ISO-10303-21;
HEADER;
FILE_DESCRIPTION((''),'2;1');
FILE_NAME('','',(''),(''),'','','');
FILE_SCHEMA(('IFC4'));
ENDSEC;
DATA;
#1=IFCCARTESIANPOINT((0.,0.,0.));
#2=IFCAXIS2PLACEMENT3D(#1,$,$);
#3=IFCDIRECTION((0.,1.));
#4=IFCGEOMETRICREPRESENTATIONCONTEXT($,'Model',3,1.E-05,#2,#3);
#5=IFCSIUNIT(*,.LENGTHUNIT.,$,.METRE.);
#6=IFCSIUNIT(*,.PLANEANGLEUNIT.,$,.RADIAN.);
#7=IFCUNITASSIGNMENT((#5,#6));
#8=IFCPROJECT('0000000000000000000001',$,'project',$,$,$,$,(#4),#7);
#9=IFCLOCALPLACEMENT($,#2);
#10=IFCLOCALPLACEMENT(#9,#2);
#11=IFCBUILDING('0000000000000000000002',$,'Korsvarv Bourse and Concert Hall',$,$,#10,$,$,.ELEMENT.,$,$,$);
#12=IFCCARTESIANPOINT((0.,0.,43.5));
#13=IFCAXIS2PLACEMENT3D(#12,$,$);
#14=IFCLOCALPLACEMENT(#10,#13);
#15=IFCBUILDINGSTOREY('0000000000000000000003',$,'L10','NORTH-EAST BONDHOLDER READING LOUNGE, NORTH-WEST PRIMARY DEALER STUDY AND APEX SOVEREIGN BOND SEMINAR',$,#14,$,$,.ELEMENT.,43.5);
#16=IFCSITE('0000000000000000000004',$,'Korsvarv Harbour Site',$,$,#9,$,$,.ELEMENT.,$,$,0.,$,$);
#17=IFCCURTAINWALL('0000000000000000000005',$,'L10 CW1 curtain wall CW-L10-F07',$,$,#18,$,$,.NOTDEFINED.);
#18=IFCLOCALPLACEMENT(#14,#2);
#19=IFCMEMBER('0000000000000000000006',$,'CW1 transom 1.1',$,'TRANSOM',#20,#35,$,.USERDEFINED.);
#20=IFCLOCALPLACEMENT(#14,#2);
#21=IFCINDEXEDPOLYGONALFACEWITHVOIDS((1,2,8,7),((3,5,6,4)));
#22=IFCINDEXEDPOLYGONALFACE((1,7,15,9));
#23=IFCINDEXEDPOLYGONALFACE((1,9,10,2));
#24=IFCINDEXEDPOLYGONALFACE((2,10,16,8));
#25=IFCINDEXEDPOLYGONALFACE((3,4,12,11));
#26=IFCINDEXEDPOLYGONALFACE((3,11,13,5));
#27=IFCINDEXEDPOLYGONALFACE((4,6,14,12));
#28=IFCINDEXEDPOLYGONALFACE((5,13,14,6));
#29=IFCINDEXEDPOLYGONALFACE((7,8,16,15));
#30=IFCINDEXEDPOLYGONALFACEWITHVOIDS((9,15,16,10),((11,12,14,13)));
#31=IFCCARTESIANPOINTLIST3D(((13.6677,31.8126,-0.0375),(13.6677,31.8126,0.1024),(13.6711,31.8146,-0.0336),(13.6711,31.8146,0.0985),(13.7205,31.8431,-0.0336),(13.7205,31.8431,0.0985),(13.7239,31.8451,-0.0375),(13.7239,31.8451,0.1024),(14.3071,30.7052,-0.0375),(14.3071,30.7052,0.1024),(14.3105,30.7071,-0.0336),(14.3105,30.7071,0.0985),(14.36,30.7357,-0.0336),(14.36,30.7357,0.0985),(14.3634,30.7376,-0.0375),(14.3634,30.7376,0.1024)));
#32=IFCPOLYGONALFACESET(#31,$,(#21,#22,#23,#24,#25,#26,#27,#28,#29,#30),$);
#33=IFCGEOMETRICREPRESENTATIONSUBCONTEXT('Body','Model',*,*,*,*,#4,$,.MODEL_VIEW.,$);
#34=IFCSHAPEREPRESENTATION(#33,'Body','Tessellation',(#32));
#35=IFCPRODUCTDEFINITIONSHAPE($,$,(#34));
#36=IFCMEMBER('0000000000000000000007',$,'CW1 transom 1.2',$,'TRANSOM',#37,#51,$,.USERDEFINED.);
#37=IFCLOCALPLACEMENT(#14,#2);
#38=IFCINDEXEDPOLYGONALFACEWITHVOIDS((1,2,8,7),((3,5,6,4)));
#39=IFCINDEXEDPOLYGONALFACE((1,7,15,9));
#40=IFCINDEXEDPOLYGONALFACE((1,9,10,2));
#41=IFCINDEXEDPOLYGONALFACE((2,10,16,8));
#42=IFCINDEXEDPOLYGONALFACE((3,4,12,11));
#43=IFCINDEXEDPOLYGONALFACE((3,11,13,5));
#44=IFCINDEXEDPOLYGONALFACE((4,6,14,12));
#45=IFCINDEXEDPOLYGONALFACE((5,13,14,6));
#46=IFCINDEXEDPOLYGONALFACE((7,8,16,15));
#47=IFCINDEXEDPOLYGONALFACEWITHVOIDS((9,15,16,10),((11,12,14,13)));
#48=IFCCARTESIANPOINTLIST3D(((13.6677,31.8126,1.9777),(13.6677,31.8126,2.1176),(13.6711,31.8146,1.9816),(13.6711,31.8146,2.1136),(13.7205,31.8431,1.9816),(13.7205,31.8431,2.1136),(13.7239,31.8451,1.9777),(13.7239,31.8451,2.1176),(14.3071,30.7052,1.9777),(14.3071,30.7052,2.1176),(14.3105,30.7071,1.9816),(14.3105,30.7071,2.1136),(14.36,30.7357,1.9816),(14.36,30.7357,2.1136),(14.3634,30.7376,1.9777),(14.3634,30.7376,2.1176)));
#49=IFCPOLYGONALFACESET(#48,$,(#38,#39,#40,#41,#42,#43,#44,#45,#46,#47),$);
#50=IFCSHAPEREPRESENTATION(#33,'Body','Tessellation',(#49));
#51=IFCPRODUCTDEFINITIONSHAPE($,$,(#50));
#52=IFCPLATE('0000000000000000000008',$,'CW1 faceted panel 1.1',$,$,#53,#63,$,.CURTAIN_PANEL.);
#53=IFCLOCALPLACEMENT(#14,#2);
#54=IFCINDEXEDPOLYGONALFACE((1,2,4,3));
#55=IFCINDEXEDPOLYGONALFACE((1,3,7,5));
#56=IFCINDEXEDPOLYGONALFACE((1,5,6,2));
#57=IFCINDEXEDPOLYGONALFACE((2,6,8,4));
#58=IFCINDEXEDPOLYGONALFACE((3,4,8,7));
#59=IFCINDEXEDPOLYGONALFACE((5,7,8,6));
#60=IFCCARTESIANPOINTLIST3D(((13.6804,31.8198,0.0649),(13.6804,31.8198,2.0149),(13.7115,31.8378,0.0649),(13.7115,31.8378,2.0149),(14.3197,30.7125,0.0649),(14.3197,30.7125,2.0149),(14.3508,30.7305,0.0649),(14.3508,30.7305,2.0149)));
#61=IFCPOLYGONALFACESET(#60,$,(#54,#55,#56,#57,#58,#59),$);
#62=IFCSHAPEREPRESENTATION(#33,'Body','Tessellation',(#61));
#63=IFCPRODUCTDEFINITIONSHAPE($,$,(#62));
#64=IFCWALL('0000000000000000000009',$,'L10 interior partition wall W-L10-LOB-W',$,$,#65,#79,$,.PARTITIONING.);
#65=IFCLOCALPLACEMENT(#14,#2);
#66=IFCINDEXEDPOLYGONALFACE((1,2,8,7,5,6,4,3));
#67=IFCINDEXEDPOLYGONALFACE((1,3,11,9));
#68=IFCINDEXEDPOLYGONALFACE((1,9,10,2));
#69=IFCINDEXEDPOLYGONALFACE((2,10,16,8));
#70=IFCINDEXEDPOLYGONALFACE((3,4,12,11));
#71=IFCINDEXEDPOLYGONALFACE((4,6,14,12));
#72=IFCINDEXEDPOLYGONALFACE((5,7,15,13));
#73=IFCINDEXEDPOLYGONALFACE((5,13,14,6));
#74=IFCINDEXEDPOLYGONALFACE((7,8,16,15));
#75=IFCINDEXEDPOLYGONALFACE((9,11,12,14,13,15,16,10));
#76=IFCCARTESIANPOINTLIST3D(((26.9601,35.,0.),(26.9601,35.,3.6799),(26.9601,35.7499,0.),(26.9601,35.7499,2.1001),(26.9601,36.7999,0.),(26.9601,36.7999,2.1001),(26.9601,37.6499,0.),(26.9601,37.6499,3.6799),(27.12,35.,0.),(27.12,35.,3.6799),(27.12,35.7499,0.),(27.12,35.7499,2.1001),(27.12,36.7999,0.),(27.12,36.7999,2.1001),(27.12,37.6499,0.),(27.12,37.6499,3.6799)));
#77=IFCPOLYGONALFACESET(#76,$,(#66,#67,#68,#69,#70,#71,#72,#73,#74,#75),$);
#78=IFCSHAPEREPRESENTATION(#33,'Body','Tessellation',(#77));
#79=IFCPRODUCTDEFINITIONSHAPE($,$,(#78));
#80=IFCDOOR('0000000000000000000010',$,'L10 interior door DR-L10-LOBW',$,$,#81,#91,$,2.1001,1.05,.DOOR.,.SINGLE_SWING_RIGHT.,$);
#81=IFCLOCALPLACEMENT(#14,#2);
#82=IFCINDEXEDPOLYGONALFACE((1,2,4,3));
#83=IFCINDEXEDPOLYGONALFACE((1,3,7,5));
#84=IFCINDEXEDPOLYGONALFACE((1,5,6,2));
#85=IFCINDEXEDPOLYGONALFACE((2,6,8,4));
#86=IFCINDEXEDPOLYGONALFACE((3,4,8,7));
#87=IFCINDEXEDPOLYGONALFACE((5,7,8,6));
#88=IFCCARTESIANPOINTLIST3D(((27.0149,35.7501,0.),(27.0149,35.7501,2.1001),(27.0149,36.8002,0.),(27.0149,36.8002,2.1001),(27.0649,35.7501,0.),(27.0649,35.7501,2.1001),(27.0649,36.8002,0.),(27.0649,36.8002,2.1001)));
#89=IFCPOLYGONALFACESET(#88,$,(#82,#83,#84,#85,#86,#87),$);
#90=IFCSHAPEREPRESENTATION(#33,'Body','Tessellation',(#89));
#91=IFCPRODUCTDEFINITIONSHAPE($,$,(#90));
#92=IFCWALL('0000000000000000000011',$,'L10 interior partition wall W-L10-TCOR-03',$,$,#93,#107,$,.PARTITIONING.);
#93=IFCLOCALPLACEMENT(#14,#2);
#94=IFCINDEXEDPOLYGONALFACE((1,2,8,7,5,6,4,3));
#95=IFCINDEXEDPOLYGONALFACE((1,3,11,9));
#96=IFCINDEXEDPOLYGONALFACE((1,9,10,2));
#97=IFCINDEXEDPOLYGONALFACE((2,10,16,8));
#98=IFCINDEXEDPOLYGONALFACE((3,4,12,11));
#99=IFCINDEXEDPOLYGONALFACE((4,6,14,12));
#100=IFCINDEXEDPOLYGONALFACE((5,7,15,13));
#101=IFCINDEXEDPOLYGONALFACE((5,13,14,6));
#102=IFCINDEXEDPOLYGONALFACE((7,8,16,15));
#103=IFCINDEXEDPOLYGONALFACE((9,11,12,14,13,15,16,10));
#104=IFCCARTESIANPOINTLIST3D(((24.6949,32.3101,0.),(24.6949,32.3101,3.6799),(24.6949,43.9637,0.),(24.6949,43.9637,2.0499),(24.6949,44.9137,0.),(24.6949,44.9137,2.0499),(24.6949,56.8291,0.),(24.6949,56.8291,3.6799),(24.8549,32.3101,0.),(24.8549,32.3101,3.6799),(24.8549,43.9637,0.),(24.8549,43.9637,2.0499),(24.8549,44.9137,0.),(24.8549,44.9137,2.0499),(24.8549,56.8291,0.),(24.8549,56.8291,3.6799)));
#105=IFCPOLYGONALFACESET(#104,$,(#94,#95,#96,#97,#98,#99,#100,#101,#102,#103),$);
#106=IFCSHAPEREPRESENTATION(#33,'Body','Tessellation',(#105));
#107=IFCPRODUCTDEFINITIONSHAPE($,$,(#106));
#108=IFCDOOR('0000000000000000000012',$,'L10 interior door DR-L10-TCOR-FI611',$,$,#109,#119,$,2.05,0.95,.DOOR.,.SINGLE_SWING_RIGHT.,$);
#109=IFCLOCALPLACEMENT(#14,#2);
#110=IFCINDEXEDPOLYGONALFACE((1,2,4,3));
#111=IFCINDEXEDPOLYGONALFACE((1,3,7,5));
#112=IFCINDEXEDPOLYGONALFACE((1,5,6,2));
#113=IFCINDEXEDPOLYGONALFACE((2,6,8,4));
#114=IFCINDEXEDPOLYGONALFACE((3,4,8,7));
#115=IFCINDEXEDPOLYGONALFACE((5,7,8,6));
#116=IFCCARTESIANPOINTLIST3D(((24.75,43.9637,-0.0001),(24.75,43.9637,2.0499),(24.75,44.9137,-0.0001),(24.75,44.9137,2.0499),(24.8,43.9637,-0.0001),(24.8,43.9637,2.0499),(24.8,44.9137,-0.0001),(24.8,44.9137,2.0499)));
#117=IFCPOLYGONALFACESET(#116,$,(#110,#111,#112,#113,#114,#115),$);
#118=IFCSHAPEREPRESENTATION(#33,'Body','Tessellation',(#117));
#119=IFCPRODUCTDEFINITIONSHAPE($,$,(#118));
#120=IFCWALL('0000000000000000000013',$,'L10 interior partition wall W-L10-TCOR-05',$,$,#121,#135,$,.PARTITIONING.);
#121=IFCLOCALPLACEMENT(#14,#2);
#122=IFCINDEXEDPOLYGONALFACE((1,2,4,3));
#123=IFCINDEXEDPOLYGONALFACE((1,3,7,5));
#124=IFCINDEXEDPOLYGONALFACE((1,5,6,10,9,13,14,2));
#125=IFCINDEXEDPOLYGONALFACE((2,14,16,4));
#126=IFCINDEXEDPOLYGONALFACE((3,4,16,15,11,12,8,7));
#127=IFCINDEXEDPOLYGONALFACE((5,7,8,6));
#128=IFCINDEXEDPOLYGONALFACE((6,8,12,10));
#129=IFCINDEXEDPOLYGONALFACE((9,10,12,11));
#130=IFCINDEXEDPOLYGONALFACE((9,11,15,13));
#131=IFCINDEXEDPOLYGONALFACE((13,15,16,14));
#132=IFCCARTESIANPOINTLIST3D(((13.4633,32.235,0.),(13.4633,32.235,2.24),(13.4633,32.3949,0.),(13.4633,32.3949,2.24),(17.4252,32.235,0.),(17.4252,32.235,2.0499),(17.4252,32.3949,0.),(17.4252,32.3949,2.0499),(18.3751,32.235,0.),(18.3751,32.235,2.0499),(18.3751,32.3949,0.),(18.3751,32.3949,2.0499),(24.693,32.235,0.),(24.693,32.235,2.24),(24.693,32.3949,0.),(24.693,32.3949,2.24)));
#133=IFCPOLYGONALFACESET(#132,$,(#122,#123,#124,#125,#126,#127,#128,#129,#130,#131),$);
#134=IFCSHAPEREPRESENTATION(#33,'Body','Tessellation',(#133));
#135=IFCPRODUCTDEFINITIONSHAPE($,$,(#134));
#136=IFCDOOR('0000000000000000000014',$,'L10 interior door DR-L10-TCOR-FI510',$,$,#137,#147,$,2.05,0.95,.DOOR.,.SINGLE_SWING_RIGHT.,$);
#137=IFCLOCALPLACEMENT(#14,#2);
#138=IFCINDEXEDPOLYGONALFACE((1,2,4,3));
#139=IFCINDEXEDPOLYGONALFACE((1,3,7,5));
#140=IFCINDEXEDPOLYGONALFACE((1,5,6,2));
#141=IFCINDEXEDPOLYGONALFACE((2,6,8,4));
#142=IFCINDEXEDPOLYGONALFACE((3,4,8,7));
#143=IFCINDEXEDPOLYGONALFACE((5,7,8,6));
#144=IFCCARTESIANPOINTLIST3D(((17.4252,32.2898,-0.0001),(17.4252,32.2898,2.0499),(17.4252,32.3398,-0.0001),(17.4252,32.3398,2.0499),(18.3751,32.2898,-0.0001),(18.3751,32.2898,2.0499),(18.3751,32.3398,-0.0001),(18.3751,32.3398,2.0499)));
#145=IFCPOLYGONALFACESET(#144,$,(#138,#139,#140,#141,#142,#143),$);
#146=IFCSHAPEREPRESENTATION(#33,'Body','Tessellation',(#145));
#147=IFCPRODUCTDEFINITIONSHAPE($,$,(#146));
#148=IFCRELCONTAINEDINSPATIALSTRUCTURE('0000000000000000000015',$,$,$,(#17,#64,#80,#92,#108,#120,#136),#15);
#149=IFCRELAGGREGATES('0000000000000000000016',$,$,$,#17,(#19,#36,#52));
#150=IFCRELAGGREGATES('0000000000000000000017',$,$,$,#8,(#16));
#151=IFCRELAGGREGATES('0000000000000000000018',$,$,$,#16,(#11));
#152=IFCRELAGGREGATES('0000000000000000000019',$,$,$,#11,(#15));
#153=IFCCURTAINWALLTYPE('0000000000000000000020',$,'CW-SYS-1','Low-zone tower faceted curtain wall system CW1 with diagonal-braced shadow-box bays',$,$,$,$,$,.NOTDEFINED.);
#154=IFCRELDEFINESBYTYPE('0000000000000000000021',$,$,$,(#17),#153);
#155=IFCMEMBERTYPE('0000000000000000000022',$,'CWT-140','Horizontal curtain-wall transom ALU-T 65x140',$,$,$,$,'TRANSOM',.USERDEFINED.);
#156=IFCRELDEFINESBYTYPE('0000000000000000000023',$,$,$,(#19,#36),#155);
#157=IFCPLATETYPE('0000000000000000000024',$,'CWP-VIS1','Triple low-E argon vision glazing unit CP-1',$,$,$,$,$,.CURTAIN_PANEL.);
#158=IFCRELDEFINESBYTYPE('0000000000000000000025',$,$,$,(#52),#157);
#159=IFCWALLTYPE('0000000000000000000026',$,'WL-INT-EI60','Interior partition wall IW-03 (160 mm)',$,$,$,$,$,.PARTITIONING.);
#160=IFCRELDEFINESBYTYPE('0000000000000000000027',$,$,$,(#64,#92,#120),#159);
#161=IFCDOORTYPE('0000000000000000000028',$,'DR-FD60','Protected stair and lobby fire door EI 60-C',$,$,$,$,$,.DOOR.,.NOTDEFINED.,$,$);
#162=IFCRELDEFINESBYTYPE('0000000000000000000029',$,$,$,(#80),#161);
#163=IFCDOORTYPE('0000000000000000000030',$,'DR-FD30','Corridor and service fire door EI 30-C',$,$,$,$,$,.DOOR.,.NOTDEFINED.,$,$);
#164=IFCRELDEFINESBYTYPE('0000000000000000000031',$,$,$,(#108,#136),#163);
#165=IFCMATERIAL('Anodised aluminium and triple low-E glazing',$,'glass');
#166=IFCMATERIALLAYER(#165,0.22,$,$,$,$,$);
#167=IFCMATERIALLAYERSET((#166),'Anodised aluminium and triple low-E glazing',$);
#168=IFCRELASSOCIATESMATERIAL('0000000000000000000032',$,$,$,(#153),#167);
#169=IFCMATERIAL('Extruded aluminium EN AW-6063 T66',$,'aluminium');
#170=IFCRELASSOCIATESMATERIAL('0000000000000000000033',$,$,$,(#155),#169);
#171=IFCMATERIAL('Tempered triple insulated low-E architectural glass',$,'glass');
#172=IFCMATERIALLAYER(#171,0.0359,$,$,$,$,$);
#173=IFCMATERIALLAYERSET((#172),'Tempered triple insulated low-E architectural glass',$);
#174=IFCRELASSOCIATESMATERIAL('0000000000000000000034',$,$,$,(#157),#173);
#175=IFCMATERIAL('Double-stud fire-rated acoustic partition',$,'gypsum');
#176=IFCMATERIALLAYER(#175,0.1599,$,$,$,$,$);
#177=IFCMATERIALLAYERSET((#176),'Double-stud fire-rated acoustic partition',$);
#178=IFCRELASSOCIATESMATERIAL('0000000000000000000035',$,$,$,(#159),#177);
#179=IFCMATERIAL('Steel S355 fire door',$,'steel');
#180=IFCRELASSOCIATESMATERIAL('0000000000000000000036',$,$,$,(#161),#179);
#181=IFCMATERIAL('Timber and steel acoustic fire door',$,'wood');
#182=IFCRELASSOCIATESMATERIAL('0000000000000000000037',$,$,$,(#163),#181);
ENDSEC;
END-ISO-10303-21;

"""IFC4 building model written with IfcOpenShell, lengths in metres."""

from ifc_helpers import new_model, si_unit, direction, frame, frame_2d, origin, origin_2d, place, context, subcontext, project, spatial, rectangle, hollow_rectangle, extrude, source, transform, mapped, material, layer, layer_set, material_profile, profile_set, type_object, element, fill, aggregate, save


model = new_model("IFC4")

# Units and contexts
model_context = context("Model", 3, precision=1e-05, world=origin(), true_north=direction((0.0, 1.0)))
body_context = subcontext(model_context, "Body", "Model", "MODEL_VIEW")
ifc_project = project(units=[si_unit("LENGTHUNIT", "METRE"), si_unit("PLANEANGLEUNIT", "RADIAN")], contexts=[model_context])

# Site, building, storey
site_placement = place(None, origin())
site = spatial("IfcSite", under=ifc_project, at=site_placement, Name="Korsvarv Harbour Site", CompositionType="ELEMENT", RefElevation=0.0)
building_placement = place(site_placement, origin())
building = spatial("IfcBuilding", under=site, at=building_placement, Name="Korsvarv Bourse and Concert Hall", CompositionType="ELEMENT")
storey_placement = place(building_placement, frame((0.0, 0.0, 43.5)))
storey = spatial("IfcBuildingStorey", under=building, at=storey_placement, Name="L10", Description="NORTH-EAST BONDHOLDER READING LOUNGE, NORTH-WEST PRIMARY DEALER STUDY AND APEX SOVEREIGN BOND SEMINAR", CompositionType="ELEMENT", Elevation=43.5)

# Curtain wall, members, plate
ifc_material_1 = material(Name="Anodised aluminium and triple low-E glazing", Category="glass")
ifc_layer_1 = layer(ifc_material_1, 0.22)
ifc_layer_set_1 = layer_set([ifc_layer_1], Name="Anodised aluminium and triple low-E glazing")
curtain_wall_type = type_object("IfcCurtainWallType", Name="CW-SYS-1", Description="Low-zone tower faceted curtain wall system CW1 with diagonal-braced shadow-box bays", PredefinedType="NOTDEFINED", material=ifc_layer_set_1)
curtain_wall_placement = place(storey_placement, origin())
curtain_wall = element("IfcCurtainWall", 1, at=curtain_wall_placement, inside=storey, type_object=curtain_wall_type, Name="L10 CW1 curtain wall CW-L10-F07", PredefinedType="NOTDEFINED")
ifc_material_2 = material(Name="Extruded aluminium EN AW-6063 T66", Category="aluminium")
ifc_material_profile_1 = material_profile(ifc_material_2, hollow_rectangle(XDim=0.0649, YDim=0.1399, WallThickness=0.0039, at=origin_2d()), Name="ALU-T 65x140")
ifc_profile_set_1 = profile_set([ifc_material_profile_1], Name="Extruded aluminium EN AW-6063 T66")
member_type_1 = type_object("IfcMemberType", Name="CWT-140", Description="Horizontal curtain-wall transom ALU-T 65x140", ElementType="TRANSOM", PredefinedType="USERDEFINED", material=ifc_profile_set_1)
shared_shape_1 = source(origin(), body_context, "Body", "SweptSolid", [
    extrude(hollow_rectangle(XDim=0.0649, YDim=0.1399, WallThickness=0.0039, at=origin_2d()), origin(), (0.0, 0.0, 1.0), 1.2788),
])
member_1_placement = place(storey_placement, frame((13.6958, 31.8289, 0.0325), z_axis=(0.50002, -0.866014, 0.0), x_axis=(0.866014, 0.50002, 0.0)))
member_1 = element("IfcMember", 2, at=member_1_placement, type_object=member_type_1, Name="CW1 transom 1.1", ObjectType="TRANSOM", PredefinedType="USERDEFINED", context=body_context, shape_type="MappedRepresentation", body=[
    mapped(shared_shape_1, transform((0.0, 0.0, 0.0), scale=1.0)),
])
member_2_placement = place(storey_placement, frame((13.6958, 31.8289, 2.0476), z_axis=(0.50002, -0.866014, 0.0), x_axis=(0.866014, 0.50002, 0.0)))
member_2 = element("IfcMember", 3, at=member_2_placement, type_object=member_type_1, Name="CW1 transom 1.2", ObjectType="TRANSOM", PredefinedType="USERDEFINED", context=body_context, shape_type="MappedRepresentation", body=[
    mapped(shared_shape_1, transform((0.0, 0.0, 0.0), scale=1.0)),
])
ifc_material_3 = material(Name="Tempered triple insulated low-E architectural glass", Category="glass")
ifc_layer_2 = layer(ifc_material_3, 0.0359)
ifc_layer_set_2 = layer_set([ifc_layer_2], Name="Tempered triple insulated low-E architectural glass")
plate_type = type_object("IfcPlateType", Name="CWP-VIS1", Description="Triple low-E argon vision glazing unit CP-1", PredefinedType="CURTAIN_PANEL", material=ifc_layer_set_2)
shared_shape_2 = source(origin(), body_context, "Body", "SweptSolid", [
    extrude(rectangle(XDim=1.2786, YDim=0.0359, at=origin_2d()), origin(), (0.0, 0.0, 1.0), 1.95),
])
plate_placement = place(storey_placement, frame((14.0156, 31.2751, 0.0649), z_axis=(0.0, 0.0, 1.0), x_axis=(0.5, -0.866026, 0.0)))
plate = element("IfcPlate", 4, at=plate_placement, type_object=plate_type, Name="CW1 faceted panel 1.1", PredefinedType="CURTAIN_PANEL", context=body_context, shape_type="MappedRepresentation", body=[
    mapped(shared_shape_2, transform((0.0, 0.0, 0.0), scale=1.0)),
])
aggregate(curtain_wall, [member_1, member_2, plate])

# Walls, openings, doors
ifc_material_4 = material(Name="Double-stud fire-rated acoustic partition", Category="gypsum")
ifc_layer_3 = layer(ifc_material_4, 0.1599)
ifc_layer_set_3 = layer_set([ifc_layer_3], Name="Double-stud fire-rated acoustic partition")
wall_type_1 = type_object("IfcWallType", Name="WL-INT-EI60", Description="Interior partition wall IW-03 (160 mm)", PredefinedType="PARTITIONING", material=ifc_layer_set_3)
wall_1_placement = place(storey_placement, frame((27.04, 35.0, 0.0), z_axis=(0.0, 0.0, 1.0), x_axis=(0.0, 1.0, 0.0)))
wall_1 = element("IfcWall", 5, at=wall_1_placement, inside=storey, type_object=wall_type_1, Name="L10 interior partition wall W-L10-LOB-W", PredefinedType="PARTITIONING", context=body_context, shape_type="SweptSolid", body=[
    extrude(rectangle(XDim=2.6499, YDim=0.1599, at=frame_2d((1.325, 0.0))), origin(), (0.0, 0.0, 1.0), 3.6799),
])
opening_1_placement = place(wall_1_placement, frame((0.75, 0.0, 0.0)))
opening_1 = element("IfcOpeningElement", 6, at=opening_1_placement, cuts=wall_1, PredefinedType="OPENING", context=body_context, shape_type="SweptSolid", body=[
    extrude(rectangle(XDim=1.05, YDim=2.1001, at=frame_2d((0.5249, 1.05))), frame((0.0, 0.0898, 0.0), z_axis=(0.0, -1.0, 0.0), x_axis=(1.0, 0.0, 0.0)), (0.0, 0.0, 1.0), 0.1799),
])
ifc_material_5 = material(Name="Steel S355 fire door", Category="steel")
door_type_1 = type_object("IfcDoorType", Name="DR-FD60", Description="Protected stair and lobby fire door EI 60-C", OperationType="NOTDEFINED", PredefinedType="DOOR", material=ifc_material_5)
door_1_placement = place(opening_1_placement, frame((1.05, 0.0, 0.0), z_axis=(0.0, 0.0, 1.0), x_axis=(-1.0, 0.0, 0.0)))
door_1 = element("IfcDoor", 7, at=door_1_placement, inside=storey, type_object=door_type_1, Name="L10 interior door DR-L10-LOBW", OperationType="SINGLE_SWING_RIGHT", OverallHeight=2.1001, OverallWidth=1.05, PredefinedType="DOOR", context=body_context, shape_type="SweptSolid", body=[
    extrude(rectangle(XDim=1.05, YDim=2.1001, at=frame_2d((0.5249, 1.05))), frame((0.0, 0.0249, 0.0), z_axis=(0.0, -1.0, 0.0), x_axis=(1.0, 0.0, 0.0)), (0.0, 0.0, 1.0), 0.05),
])
fill(opening_1, door_1)
wall_2_placement = place(storey_placement, frame((24.7749, 32.3101, 0.0), z_axis=(0.0, 0.0, 1.0), x_axis=(0.0, 1.0, 0.0)))
wall_2 = element("IfcWall", 8, at=wall_2_placement, inside=storey, type_object=wall_type_1, Name="L10 interior partition wall W-L10-TCOR-03", PredefinedType="PARTITIONING", context=body_context, shape_type="SweptSolid", body=[
    extrude(rectangle(XDim=24.519, YDim=0.1599, at=frame_2d((12.2595, 0.0))), origin(), (0.0, 0.0, 1.0), 3.6799),
])
opening_2_placement = place(wall_2_placement, frame((11.6536, 0.0, 0.0)))
opening_2 = element("IfcOpeningElement", 9, at=opening_2_placement, cuts=wall_2, PredefinedType="OPENING", context=body_context, shape_type="SweptSolid", body=[
    extrude(rectangle(XDim=0.95, YDim=2.05, at=frame_2d((0.4751, 1.0249))), frame((0.0, 0.0898, 0.0), z_axis=(0.0, -1.0, 0.0), x_axis=(1.0, 0.0, 0.0)), (0.0, 0.0, 1.0), 0.1799),
])
ifc_material_6 = material(Name="Timber and steel acoustic fire door", Category="wood")
door_type_2 = type_object("IfcDoorType", Name="DR-FD30", Description="Corridor and service fire door EI 30-C", OperationType="NOTDEFINED", PredefinedType="DOOR", material=ifc_material_6)
door_2_placement = place(opening_2_placement, origin())
door_2 = element("IfcDoor", 10, at=door_2_placement, inside=storey, type_object=door_type_2, Name="L10 interior door DR-L10-TCOR-FI611", OperationType="SINGLE_SWING_RIGHT", OverallHeight=2.05, OverallWidth=0.95, PredefinedType="DOOR", context=body_context, shape_type="SweptSolid", body=[
    extrude(rectangle(XDim=0.95, YDim=2.05, at=frame_2d((0.4751, 1.0249))), frame((0.0, 0.0249, 0.0), z_axis=(0.0, -1.0, 0.0), x_axis=(1.0, 0.0, 0.0)), (0.0, 0.0, 1.0), 0.05),
])
fill(opening_2, door_2)
wall_3_placement = place(storey_placement, frame((13.4634, 32.3149, 0.0), z_axis=(0.0, 0.0, 1.0), x_axis=(1.0, 0.0, 0.0)))
wall_3 = element("IfcWall", 11, at=wall_3_placement, inside=storey, type_object=wall_type_1, Name="L10 interior partition wall W-L10-TCOR-05", PredefinedType="PARTITIONING", context=body_context, shape_type="SweptSolid", body=[
    extrude(rectangle(XDim=11.2297, YDim=0.1599, at=frame_2d((5.6147, 0.0))), origin(), (0.0, 0.0, 1.0), 2.24),
])
opening_3_placement = place(wall_3_placement, frame((3.9617, 0.0, 0.0)))
opening_3 = element("IfcOpeningElement", 12, at=opening_3_placement, cuts=wall_3, PredefinedType="OPENING", context=body_context, shape_type="SweptSolid", body=[
    extrude(rectangle(XDim=0.95, YDim=2.05, at=frame_2d((0.4751, 1.0249))), frame((0.0, 0.0898, 0.0), z_axis=(0.0, -1.0, 0.0), x_axis=(1.0, 0.0, 0.0)), (0.0, 0.0, 1.0), 0.1799),
])
door_3_placement = place(opening_3_placement, origin())
door_3 = element("IfcDoor", 13, at=door_3_placement, inside=storey, type_object=door_type_2, Name="L10 interior door DR-L10-TCOR-FI510", OperationType="SINGLE_SWING_RIGHT", OverallHeight=2.05, OverallWidth=0.95, PredefinedType="DOOR", context=body_context, shape_type="SweptSolid", body=[
    extrude(rectangle(XDim=0.95, YDim=2.05, at=frame_2d((0.4751, 1.0249))), frame((0.0, 0.0249, 0.0), z_axis=(0.0, -1.0, 0.0), x_axis=(1.0, 0.0, 0.0)), (0.0, 0.0, 1.0), 0.05),
])
fill(opening_3, door_3)

save(model, "model.ifc")
